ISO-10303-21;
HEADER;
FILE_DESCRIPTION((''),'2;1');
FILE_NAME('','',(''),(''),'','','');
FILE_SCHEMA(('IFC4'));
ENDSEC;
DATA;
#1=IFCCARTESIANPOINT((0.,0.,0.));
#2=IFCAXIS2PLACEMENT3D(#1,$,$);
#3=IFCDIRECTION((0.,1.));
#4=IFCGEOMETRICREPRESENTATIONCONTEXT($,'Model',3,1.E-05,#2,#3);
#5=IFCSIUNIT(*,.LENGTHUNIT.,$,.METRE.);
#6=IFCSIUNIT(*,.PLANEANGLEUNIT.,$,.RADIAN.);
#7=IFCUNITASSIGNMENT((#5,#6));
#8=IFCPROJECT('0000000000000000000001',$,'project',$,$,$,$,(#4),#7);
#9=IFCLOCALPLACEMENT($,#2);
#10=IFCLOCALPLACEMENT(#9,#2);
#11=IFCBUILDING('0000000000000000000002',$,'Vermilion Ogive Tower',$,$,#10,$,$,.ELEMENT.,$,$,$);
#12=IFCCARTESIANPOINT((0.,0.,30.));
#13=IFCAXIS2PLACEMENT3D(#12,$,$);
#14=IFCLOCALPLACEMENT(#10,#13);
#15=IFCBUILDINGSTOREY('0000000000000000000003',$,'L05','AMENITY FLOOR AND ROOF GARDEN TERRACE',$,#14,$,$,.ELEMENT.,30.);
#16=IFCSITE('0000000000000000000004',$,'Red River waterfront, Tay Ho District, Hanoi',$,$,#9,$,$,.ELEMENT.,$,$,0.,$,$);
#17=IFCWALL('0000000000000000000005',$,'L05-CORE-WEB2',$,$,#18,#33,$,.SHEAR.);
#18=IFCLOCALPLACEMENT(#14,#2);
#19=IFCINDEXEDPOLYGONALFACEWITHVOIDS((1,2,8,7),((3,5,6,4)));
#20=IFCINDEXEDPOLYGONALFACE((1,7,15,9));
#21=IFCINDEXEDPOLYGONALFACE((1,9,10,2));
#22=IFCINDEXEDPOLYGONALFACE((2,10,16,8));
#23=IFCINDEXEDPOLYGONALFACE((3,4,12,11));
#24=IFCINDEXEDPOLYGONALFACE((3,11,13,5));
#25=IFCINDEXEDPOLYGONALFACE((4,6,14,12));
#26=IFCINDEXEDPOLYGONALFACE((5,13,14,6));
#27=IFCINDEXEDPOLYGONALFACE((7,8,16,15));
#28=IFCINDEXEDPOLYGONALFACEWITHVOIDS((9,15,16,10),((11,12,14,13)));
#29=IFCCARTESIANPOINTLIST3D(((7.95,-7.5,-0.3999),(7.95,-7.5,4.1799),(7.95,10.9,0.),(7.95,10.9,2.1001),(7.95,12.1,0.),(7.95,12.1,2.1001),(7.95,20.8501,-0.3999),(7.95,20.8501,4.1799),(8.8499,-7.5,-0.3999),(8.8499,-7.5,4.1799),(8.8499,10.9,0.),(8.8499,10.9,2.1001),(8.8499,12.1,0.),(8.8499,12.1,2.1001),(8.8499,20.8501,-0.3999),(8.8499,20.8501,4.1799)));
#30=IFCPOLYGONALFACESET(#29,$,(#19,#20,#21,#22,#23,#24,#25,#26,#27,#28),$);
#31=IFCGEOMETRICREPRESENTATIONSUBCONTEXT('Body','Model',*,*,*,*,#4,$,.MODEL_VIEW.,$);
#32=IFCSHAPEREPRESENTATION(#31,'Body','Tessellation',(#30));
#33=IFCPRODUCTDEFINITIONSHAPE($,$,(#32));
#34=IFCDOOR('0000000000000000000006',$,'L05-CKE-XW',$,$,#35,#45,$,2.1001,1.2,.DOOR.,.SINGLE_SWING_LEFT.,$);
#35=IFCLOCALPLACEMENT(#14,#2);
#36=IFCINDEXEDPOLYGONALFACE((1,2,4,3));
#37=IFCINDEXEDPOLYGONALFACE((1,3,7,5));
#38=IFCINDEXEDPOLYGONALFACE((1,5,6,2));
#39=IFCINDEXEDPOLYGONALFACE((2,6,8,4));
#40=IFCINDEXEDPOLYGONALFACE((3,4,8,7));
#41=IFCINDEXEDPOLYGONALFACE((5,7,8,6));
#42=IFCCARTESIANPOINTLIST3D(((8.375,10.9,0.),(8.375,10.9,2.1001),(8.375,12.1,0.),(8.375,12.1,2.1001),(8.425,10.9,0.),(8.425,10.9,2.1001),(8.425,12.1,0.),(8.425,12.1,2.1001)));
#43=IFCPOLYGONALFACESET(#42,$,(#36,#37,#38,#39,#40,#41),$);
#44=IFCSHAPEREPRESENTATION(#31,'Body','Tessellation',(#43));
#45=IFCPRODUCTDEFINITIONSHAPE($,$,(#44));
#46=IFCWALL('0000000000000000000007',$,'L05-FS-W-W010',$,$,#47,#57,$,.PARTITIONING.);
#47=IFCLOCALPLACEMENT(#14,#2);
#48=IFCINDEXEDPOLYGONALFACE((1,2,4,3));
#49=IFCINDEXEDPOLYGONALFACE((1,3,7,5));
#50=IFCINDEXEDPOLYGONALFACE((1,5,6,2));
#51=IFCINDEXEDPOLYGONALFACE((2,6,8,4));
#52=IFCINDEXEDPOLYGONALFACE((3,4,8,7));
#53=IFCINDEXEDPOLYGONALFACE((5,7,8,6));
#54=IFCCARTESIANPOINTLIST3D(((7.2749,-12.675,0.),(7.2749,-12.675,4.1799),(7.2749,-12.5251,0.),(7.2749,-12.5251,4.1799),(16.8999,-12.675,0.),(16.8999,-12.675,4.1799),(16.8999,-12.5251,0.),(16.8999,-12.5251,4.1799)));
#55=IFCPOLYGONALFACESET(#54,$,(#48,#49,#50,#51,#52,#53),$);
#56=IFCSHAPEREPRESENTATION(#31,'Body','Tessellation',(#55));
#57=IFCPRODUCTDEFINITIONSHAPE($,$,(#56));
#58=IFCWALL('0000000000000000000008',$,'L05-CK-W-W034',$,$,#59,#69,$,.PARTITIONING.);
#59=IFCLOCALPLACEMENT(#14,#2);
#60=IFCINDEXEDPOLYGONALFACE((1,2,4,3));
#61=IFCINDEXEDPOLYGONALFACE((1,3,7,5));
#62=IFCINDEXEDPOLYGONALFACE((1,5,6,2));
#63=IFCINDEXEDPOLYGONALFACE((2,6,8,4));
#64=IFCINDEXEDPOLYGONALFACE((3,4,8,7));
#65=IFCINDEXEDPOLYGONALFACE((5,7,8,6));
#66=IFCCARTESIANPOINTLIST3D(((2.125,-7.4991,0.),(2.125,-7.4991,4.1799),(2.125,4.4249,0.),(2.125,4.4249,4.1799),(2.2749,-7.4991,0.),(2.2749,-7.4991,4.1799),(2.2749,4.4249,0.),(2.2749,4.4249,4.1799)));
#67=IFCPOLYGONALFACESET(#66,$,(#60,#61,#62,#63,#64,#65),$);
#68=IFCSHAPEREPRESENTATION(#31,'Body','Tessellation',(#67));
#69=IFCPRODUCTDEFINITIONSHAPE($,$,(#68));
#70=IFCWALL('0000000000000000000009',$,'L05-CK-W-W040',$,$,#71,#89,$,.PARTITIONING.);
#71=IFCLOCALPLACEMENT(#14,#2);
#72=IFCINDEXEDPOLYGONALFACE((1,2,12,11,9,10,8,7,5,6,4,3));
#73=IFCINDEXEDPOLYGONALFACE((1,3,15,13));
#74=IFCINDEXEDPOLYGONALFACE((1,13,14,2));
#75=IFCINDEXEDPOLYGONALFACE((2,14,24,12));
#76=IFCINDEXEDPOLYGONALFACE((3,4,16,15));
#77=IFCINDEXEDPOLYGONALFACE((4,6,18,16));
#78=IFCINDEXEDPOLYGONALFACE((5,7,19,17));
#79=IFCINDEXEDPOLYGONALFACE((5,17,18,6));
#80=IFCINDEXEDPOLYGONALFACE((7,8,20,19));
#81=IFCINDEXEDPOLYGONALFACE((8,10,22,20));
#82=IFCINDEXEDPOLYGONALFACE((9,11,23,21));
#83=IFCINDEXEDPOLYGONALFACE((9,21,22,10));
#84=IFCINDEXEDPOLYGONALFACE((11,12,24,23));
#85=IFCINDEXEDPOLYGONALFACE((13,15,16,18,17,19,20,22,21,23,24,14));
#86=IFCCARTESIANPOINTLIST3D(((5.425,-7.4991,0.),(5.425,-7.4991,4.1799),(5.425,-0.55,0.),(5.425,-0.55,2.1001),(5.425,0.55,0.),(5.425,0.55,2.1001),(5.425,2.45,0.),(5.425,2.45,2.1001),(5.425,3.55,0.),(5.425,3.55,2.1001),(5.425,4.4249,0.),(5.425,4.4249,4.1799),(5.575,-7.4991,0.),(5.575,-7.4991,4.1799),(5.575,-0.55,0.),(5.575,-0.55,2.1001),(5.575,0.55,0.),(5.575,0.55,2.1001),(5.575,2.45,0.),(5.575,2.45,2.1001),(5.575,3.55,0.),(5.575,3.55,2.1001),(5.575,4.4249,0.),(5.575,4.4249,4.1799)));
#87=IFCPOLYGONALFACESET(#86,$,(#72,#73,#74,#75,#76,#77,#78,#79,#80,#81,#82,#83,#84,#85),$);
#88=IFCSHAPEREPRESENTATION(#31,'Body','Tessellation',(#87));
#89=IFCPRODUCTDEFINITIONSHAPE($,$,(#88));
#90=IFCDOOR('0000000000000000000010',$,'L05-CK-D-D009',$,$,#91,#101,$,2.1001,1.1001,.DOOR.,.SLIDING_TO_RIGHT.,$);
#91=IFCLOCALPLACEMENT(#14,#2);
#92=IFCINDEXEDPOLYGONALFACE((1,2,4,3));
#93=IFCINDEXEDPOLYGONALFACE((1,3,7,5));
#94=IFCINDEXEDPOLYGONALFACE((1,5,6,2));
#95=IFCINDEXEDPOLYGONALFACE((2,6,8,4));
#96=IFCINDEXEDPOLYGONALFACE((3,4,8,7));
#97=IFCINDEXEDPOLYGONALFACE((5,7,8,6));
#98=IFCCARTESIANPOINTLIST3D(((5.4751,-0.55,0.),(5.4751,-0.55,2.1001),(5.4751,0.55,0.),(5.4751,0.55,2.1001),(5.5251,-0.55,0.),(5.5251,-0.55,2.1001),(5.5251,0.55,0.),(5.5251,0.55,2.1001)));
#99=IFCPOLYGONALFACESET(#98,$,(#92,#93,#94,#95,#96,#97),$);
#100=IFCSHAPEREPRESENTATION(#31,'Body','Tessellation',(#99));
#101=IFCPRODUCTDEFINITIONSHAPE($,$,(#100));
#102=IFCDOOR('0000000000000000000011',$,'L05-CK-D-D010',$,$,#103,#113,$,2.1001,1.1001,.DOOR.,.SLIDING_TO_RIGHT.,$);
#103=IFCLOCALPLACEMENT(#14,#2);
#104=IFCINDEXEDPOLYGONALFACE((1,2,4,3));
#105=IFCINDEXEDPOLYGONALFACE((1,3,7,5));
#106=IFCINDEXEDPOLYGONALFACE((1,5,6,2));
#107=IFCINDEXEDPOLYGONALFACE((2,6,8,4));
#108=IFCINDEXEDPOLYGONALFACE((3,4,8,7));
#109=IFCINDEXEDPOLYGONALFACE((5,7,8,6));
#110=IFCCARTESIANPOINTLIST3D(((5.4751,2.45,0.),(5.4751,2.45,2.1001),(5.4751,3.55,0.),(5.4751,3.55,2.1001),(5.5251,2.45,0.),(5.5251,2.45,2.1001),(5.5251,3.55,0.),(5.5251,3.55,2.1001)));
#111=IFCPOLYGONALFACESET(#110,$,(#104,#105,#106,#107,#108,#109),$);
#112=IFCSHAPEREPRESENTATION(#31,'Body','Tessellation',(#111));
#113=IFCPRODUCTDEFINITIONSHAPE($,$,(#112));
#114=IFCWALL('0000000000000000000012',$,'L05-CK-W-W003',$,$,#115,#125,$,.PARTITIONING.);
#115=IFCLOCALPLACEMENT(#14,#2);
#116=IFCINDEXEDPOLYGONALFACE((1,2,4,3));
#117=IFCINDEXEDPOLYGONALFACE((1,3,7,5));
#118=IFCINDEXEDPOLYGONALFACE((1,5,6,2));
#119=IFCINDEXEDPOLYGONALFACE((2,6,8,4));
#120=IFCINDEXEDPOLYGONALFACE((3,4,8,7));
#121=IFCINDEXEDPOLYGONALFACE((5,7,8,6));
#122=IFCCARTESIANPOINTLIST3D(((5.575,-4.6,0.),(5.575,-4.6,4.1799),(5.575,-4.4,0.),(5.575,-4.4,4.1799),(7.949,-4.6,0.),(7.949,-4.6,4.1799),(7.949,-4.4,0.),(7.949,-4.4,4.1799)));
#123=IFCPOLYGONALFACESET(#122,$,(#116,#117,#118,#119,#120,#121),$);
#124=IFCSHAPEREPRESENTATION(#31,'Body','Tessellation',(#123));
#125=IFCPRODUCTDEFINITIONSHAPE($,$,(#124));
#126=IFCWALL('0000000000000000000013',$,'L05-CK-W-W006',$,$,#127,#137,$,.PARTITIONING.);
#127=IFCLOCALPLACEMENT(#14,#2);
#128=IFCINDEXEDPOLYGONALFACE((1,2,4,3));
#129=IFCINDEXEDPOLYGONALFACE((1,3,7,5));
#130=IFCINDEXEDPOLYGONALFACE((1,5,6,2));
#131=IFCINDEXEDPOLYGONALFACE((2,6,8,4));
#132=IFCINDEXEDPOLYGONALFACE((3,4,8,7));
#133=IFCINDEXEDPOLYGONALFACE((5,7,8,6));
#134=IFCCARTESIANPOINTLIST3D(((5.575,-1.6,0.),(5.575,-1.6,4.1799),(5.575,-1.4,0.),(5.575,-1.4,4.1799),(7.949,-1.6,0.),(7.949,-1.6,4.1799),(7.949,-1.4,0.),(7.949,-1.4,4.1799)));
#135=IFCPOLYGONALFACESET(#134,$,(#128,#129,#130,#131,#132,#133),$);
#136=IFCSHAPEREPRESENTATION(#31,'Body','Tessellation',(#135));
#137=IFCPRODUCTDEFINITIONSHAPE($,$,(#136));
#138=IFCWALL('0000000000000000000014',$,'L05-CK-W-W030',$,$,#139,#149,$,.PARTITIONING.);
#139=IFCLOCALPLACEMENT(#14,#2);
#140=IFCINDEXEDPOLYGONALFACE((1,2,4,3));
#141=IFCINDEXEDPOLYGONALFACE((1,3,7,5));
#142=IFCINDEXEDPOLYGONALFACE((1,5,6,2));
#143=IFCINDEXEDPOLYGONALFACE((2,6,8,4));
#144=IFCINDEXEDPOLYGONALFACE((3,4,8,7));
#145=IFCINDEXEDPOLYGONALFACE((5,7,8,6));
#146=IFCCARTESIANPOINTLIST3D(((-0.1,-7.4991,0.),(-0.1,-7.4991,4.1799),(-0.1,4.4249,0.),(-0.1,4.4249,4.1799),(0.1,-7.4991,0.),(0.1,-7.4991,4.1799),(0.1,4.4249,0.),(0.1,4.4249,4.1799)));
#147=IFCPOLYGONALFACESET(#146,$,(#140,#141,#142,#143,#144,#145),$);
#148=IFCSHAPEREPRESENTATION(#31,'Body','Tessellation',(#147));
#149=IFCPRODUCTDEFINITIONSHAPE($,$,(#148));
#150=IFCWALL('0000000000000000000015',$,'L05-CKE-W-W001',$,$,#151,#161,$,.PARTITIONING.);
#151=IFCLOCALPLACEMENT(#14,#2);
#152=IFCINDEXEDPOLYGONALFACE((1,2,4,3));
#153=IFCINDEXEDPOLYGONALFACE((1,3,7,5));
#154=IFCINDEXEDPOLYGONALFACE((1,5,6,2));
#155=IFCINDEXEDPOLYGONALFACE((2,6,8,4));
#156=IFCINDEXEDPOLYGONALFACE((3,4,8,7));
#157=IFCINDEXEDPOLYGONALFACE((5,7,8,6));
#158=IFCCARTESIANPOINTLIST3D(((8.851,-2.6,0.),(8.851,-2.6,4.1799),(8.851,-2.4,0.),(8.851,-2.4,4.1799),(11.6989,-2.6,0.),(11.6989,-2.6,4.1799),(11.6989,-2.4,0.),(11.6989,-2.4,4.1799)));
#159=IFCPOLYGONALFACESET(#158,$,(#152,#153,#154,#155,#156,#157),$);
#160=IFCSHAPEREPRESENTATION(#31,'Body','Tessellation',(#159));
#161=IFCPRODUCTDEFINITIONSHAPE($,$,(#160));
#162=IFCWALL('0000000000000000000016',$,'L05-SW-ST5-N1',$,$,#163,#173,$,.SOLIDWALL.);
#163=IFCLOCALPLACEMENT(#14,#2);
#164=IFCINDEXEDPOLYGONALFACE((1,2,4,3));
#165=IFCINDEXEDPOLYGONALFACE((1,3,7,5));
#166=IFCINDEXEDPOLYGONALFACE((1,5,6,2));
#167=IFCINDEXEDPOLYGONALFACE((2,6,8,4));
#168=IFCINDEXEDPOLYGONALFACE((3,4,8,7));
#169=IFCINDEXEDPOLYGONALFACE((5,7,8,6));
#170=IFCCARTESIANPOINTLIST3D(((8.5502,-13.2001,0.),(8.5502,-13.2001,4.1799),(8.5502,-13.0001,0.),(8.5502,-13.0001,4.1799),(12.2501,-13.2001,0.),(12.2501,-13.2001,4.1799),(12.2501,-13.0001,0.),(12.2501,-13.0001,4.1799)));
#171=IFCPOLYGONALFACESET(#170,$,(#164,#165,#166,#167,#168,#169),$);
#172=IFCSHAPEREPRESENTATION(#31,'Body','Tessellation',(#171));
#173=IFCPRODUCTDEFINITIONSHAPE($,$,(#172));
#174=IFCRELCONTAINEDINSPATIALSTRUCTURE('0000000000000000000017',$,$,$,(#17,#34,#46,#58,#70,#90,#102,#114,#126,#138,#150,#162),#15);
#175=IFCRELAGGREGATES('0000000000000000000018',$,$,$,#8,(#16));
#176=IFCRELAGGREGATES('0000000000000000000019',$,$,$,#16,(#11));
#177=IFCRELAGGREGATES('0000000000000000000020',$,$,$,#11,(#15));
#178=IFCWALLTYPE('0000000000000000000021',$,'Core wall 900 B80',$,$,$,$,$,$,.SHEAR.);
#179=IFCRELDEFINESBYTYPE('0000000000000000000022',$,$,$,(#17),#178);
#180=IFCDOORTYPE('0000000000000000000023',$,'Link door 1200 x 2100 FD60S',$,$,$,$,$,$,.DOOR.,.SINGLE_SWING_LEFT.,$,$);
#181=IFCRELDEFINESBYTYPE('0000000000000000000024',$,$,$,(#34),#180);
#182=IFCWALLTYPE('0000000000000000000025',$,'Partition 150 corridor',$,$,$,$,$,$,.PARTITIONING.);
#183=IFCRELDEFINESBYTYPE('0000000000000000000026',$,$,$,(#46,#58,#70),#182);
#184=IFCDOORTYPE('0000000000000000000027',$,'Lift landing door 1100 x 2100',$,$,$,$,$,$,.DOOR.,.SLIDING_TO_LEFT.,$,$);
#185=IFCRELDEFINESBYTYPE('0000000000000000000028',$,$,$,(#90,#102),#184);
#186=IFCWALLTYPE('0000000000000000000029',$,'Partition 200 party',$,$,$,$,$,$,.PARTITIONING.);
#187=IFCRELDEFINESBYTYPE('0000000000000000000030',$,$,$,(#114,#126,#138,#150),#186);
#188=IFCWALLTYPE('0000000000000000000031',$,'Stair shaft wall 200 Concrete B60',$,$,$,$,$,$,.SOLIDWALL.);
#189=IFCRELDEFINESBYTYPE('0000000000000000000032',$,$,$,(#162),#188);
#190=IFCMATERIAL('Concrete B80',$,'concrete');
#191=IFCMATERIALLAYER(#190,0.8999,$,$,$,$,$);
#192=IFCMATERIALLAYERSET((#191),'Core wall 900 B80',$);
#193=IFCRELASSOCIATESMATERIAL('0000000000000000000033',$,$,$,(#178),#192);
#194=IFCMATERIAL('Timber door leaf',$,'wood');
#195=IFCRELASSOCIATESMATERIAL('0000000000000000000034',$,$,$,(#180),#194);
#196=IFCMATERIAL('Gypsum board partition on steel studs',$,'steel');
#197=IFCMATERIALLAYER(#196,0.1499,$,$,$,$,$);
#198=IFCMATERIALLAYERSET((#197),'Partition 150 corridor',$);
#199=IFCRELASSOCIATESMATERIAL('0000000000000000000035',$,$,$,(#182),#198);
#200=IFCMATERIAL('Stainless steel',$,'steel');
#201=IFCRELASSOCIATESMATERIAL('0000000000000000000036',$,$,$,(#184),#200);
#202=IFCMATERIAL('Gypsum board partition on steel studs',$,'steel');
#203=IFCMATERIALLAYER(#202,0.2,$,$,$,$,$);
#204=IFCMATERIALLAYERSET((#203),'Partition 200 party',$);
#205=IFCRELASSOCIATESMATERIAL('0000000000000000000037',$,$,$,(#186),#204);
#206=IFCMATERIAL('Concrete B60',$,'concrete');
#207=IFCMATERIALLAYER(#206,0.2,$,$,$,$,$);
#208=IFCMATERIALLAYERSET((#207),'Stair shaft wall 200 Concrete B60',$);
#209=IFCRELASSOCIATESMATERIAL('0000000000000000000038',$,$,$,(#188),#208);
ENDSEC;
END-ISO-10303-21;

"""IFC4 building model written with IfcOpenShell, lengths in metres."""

from ifc_helpers import new_model, si_unit, direction, frame, frame_2d, origin, place, context, subcontext, project, spatial, rectangle, extrude, material, layer, layer_set, type_object, element, fill, save


model = new_model("IFC4")

# Units and contexts
model_context = context("Model", 3, precision=1e-05, world=origin(), true_north=direction((0.0, 1.0)))
body_context = subcontext(model_context, "Body", "Model", "MODEL_VIEW")
ifc_project = project(units=[si_unit("LENGTHUNIT", "METRE"), si_unit("PLANEANGLEUNIT", "RADIAN")], contexts=[model_context])

# Site, building, storey
site_placement = place(None, origin())
site = spatial("IfcSite", under=ifc_project, at=site_placement, Name="Red River waterfront, Tay Ho District, Hanoi", CompositionType="ELEMENT", RefElevation=0.0)
building_placement = place(site_placement, origin())
building = spatial("IfcBuilding", under=site, at=building_placement, Name="Vermilion Ogive Tower", CompositionType="ELEMENT")
storey_placement = place(building_placement, frame((0.0, 0.0, 30.0)))
storey = spatial("IfcBuildingStorey", under=building, at=storey_placement, Name="L05", Description="AMENITY FLOOR AND ROOF GARDEN TERRACE", CompositionType="ELEMENT", Elevation=30.0)

# Shared definitions
ifc_material_1 = material(Name="Concrete B80", Category="concrete")
ifc_layer_1 = layer(ifc_material_1, 0.8999)
ifc_layer_set_1 = layer_set([ifc_layer_1], Name="Core wall 900 B80")
wall_type_1 = type_object("IfcWallType", Name="Core wall 900 B80", PredefinedType="SHEAR", material=ifc_layer_set_1)
ifc_material_2 = material(Name="Timber door leaf", Category="wood")
door_type_1 = type_object("IfcDoorType", Name="Link door 1200 x 2100 FD60S", OperationType="SINGLE_SWING_LEFT", PredefinedType="DOOR", material=ifc_material_2)

# Wall, opening, door
wall_1_placement = place(storey_placement, frame((8.3999, -7.5, -0.3999), z_axis=(0.0, 0.0, 1.0), x_axis=(0.0, 1.0, 0.0)))
wall_1 = element("IfcWall", 1, at=wall_1_placement, inside=storey, type_object=wall_type_1, Name="L05-CORE-WEB2", PredefinedType="SHEAR", context=body_context, shape_type="SweptSolid", body=[
    extrude(rectangle(XDim=28.3501, YDim=0.8999, at=frame_2d((14.175, 0.0))), origin(), (0.0, 0.0, 1.0), 4.5798),
])
opening_1_placement = place(wall_1_placement, frame((18.3999, 0.0, 0.3999)))
opening_1 = element("IfcOpeningElement", 2, at=opening_1_placement, cuts=wall_1, PredefinedType="OPENING", context=body_context, shape_type="SweptSolid", body=[
    extrude(rectangle(XDim=1.2, YDim=2.1001, at=frame_2d((0.6001, 1.05))), frame((0.0, 0.46, 0.0), z_axis=(0.0, -1.0, 0.0), x_axis=(1.0, 0.0, 0.0)), (0.0, 0.0, 1.0), 0.9199),
])
door_1_placement = place(opening_1_placement, origin())
door_1 = element("IfcDoor", 3, at=door_1_placement, inside=storey, type_object=door_type_1, Name="L05-CKE-XW", OperationType="SINGLE_SWING_LEFT", OverallHeight=2.1001, OverallWidth=1.2, PredefinedType="DOOR", context=body_context, shape_type="SweptSolid", body=[
    extrude(rectangle(XDim=1.2, YDim=2.1001, at=frame_2d((0.6001, 1.05))), frame((0.0, 0.0249, 0.0), z_axis=(0.0, -1.0, 0.0), x_axis=(1.0, 0.0, 0.0)), (0.0, 0.0, 1.0), 0.05),
])
fill(opening_1, door_1)

# Walls
ifc_material_3 = material(Name="Gypsum board partition on steel studs", Category="steel")
ifc_layer_2 = layer(ifc_material_3, 0.1499)
ifc_layer_set_2 = layer_set([ifc_layer_2], Name="Partition 150 corridor")
wall_type_2 = type_object("IfcWallType", Name="Partition 150 corridor", PredefinedType="PARTITIONING", material=ifc_layer_set_2)
wall_2_placement = place(storey_placement, frame((7.2749, -12.6001, 0.0), z_axis=(0.0, 0.0, 1.0), x_axis=(1.0, 0.0, 0.0)))
element("IfcWall", 4, at=wall_2_placement, inside=storey, type_object=wall_type_2, Name="L05-FS-W-W010", PredefinedType="PARTITIONING", context=body_context, shape_type="SweptSolid", body=[
    extrude(rectangle(XDim=9.625, YDim=0.1499, at=frame_2d((4.8125, 0.0))), origin(), (0.0, 0.0, 1.0), 4.1799),
])
wall_3_placement = place(storey_placement, frame((2.2, -7.499, 0.0), z_axis=(0.0, 0.0, 1.0), x_axis=(0.0, 1.0, 0.0)))
element("IfcWall", 5, at=wall_3_placement, inside=storey, type_object=wall_type_2, Name="L05-CK-W-W034", PredefinedType="PARTITIONING", context=body_context, shape_type="SweptSolid", body=[
    extrude(rectangle(XDim=11.9241, YDim=0.1499, at=frame_2d((5.9619, 0.0))), origin(), (0.0, 0.0, 1.0), 4.1799),
])

# Wall, openings, doors
wall_4_placement = place(storey_placement, frame((5.5, -7.499, 0.0), z_axis=(0.0, 0.0, 1.0), x_axis=(0.0, 1.0, 0.0)))
wall_4 = element("IfcWall", 6, at=wall_4_placement, inside=storey, type_object=wall_type_2, Name="L05-CK-W-W040", PredefinedType="PARTITIONING", context=body_context, shape_type="SweptSolid", body=[
    extrude(rectangle(XDim=11.9241, YDim=0.1499, at=frame_2d((5.9619, 0.0))), origin(), (0.0, 0.0, 1.0), 4.1799),
])
opening_2_placement = place(wall_4_placement, frame((6.949, 0.0, 0.0)))
opening_2 = element("IfcOpeningElement", 7, at=opening_2_placement, cuts=wall_4, PredefinedType="OPENING", context=body_context, shape_type="SweptSolid", body=[
    extrude(rectangle(XDim=1.1001, YDim=2.1001, at=frame_2d((0.55, 1.05))), frame((0.0, 0.085, 0.0), z_axis=(0.0, -1.0, 0.0), x_axis=(1.0, 0.0, 0.0)), (0.0, 0.0, 1.0), 0.1699),
])
opening_3_placement = place(wall_4_placement, frame((9.949, 0.0, 0.0)))
opening_3 = element("IfcOpeningElement", 8, at=opening_3_placement, cuts=wall_4, PredefinedType="OPENING", context=body_context, shape_type="SweptSolid", body=[
    extrude(rectangle(XDim=1.1001, YDim=2.1001, at=frame_2d((0.55, 1.05))), frame((0.0, 0.085, 0.0), z_axis=(0.0, -1.0, 0.0), x_axis=(1.0, 0.0, 0.0)), (0.0, 0.0, 1.0), 0.1699),
])
ifc_material_4 = material(Name="Stainless steel", Category="steel")
door_type_2 = type_object("IfcDoorType", Name="Lift landing door 1100 x 2100", OperationType="SLIDING_TO_LEFT", PredefinedType="DOOR", material=ifc_material_4)
door_2_placement = place(opening_2_placement, origin())
door_2 = element("IfcDoor", 9, at=door_2_placement, inside=storey, type_object=door_type_2, Name="L05-CK-D-D009", OperationType="SLIDING_TO_RIGHT", OverallHeight=2.1001, OverallWidth=1.1001, PredefinedType="DOOR", context=body_context, shape_type="SweptSolid", body=[
    extrude(rectangle(XDim=1.1001, YDim=2.1001, at=frame_2d((0.55, 1.05))), frame((0.0, 0.0249, 0.0), z_axis=(0.0, -1.0, 0.0), x_axis=(1.0, 0.0, 0.0)), (0.0, 0.0, 1.0), 0.05),
])
fill(opening_2, door_2)
door_3_placement = place(opening_3_placement, origin())
door_3 = element("IfcDoor", 10, at=door_3_placement, inside=storey, type_object=door_type_2, Name="L05-CK-D-D010", OperationType="SLIDING_TO_RIGHT", OverallHeight=2.1001, OverallWidth=1.1001, PredefinedType="DOOR", context=body_context, shape_type="SweptSolid", body=[
    extrude(rectangle(XDim=1.1001, YDim=2.1001, at=frame_2d((0.55, 1.05))), frame((0.0, 0.0249, 0.0), z_axis=(0.0, -1.0, 0.0), x_axis=(1.0, 0.0, 0.0)), (0.0, 0.0, 1.0), 0.05),
])
fill(opening_3, door_3)

# Walls
ifc_material_5 = material(Name="Gypsum board partition on steel studs", Category="steel")
ifc_layer_3 = layer(ifc_material_5, 0.2)
ifc_layer_set_3 = layer_set([ifc_layer_3], Name="Partition 200 party")
wall_type_3 = type_object("IfcWallType", Name="Partition 200 party", PredefinedType="PARTITIONING", material=ifc_layer_set_3)
for number, where, z_axis, x_axis, name in (
    (11, (5.575, -4.5, 0.0), (0.0, 0.0, 1.0), (1.0, 0.0, 0.0), "L05-CK-W-W003"),
    (12, (5.575, -1.5, 0.0), (0.0, 0.0, 1.0), (1.0, 0.0, 0.0), "L05-CK-W-W006"),
):
    element("IfcWall", number, at=place(storey_placement, frame(where, z_axis=z_axis, x_axis=x_axis)), inside=storey, type_object=wall_type_3, Name=name, PredefinedType="PARTITIONING", context=body_context, shape_type="SweptSolid", body=[
        extrude(rectangle(XDim=2.374, YDim=0.2, at=frame_2d((1.187, 0.0))), origin(), (0.0, 0.0, 1.0), 4.1799),
    ])
wall_5_placement = place(storey_placement, frame((0.0, -7.499, 0.0), z_axis=(0.0, 0.0, 1.0), x_axis=(0.0, 1.0, 0.0)))
element("IfcWall", 13, at=wall_5_placement, inside=storey, type_object=wall_type_3, Name="L05-CK-W-W030", PredefinedType="PARTITIONING", context=body_context, shape_type="SweptSolid", body=[
    extrude(rectangle(XDim=11.9241, YDim=0.2, at=frame_2d((5.9619, 0.0))), origin(), (0.0, 0.0, 1.0), 4.1799),
])
wall_6_placement = place(storey_placement, frame((8.8511, -2.5, 0.0), z_axis=(0.0, 0.0, 1.0), x_axis=(1.0, 0.0, 0.0)))
element("IfcWall", 14, at=wall_6_placement, inside=storey, type_object=wall_type_3, Name="L05-CKE-W-W001", PredefinedType="PARTITIONING", context=body_context, shape_type="SweptSolid", body=[
    extrude(rectangle(XDim=2.8479, YDim=0.2, at=frame_2d((1.4238, 0.0))), origin(), (0.0, 0.0, 1.0), 4.1799),
])
ifc_material_6 = material(Name="Concrete B60", Category="concrete")
ifc_layer_4 = layer(ifc_material_6, 0.2)
ifc_layer_set_4 = layer_set([ifc_layer_4], Name="Stair shaft wall 200 Concrete B60")
wall_type_4 = type_object("IfcWallType", Name="Stair shaft wall 200 Concrete B60", PredefinedType="SOLIDWALL", material=ifc_layer_set_4)
wall_7_placement = place(storey_placement, frame((8.55, -13.1001, 0.0), z_axis=(0.0, 0.0, 1.0), x_axis=(1.0, 0.0, 0.0)))
element("IfcWall", 15, at=wall_7_placement, inside=storey, type_object=wall_type_4, Name="L05-SW-ST5-N1", PredefinedType="SOLIDWALL", context=body_context, shape_type="SweptSolid", body=[
    extrude(rectangle(XDim=3.7, YDim=0.2, at=frame_2d((1.8501, 0.0))), origin(), (0.0, 0.0, 1.0), 4.1799),
])

save(model, "model.ifc")
